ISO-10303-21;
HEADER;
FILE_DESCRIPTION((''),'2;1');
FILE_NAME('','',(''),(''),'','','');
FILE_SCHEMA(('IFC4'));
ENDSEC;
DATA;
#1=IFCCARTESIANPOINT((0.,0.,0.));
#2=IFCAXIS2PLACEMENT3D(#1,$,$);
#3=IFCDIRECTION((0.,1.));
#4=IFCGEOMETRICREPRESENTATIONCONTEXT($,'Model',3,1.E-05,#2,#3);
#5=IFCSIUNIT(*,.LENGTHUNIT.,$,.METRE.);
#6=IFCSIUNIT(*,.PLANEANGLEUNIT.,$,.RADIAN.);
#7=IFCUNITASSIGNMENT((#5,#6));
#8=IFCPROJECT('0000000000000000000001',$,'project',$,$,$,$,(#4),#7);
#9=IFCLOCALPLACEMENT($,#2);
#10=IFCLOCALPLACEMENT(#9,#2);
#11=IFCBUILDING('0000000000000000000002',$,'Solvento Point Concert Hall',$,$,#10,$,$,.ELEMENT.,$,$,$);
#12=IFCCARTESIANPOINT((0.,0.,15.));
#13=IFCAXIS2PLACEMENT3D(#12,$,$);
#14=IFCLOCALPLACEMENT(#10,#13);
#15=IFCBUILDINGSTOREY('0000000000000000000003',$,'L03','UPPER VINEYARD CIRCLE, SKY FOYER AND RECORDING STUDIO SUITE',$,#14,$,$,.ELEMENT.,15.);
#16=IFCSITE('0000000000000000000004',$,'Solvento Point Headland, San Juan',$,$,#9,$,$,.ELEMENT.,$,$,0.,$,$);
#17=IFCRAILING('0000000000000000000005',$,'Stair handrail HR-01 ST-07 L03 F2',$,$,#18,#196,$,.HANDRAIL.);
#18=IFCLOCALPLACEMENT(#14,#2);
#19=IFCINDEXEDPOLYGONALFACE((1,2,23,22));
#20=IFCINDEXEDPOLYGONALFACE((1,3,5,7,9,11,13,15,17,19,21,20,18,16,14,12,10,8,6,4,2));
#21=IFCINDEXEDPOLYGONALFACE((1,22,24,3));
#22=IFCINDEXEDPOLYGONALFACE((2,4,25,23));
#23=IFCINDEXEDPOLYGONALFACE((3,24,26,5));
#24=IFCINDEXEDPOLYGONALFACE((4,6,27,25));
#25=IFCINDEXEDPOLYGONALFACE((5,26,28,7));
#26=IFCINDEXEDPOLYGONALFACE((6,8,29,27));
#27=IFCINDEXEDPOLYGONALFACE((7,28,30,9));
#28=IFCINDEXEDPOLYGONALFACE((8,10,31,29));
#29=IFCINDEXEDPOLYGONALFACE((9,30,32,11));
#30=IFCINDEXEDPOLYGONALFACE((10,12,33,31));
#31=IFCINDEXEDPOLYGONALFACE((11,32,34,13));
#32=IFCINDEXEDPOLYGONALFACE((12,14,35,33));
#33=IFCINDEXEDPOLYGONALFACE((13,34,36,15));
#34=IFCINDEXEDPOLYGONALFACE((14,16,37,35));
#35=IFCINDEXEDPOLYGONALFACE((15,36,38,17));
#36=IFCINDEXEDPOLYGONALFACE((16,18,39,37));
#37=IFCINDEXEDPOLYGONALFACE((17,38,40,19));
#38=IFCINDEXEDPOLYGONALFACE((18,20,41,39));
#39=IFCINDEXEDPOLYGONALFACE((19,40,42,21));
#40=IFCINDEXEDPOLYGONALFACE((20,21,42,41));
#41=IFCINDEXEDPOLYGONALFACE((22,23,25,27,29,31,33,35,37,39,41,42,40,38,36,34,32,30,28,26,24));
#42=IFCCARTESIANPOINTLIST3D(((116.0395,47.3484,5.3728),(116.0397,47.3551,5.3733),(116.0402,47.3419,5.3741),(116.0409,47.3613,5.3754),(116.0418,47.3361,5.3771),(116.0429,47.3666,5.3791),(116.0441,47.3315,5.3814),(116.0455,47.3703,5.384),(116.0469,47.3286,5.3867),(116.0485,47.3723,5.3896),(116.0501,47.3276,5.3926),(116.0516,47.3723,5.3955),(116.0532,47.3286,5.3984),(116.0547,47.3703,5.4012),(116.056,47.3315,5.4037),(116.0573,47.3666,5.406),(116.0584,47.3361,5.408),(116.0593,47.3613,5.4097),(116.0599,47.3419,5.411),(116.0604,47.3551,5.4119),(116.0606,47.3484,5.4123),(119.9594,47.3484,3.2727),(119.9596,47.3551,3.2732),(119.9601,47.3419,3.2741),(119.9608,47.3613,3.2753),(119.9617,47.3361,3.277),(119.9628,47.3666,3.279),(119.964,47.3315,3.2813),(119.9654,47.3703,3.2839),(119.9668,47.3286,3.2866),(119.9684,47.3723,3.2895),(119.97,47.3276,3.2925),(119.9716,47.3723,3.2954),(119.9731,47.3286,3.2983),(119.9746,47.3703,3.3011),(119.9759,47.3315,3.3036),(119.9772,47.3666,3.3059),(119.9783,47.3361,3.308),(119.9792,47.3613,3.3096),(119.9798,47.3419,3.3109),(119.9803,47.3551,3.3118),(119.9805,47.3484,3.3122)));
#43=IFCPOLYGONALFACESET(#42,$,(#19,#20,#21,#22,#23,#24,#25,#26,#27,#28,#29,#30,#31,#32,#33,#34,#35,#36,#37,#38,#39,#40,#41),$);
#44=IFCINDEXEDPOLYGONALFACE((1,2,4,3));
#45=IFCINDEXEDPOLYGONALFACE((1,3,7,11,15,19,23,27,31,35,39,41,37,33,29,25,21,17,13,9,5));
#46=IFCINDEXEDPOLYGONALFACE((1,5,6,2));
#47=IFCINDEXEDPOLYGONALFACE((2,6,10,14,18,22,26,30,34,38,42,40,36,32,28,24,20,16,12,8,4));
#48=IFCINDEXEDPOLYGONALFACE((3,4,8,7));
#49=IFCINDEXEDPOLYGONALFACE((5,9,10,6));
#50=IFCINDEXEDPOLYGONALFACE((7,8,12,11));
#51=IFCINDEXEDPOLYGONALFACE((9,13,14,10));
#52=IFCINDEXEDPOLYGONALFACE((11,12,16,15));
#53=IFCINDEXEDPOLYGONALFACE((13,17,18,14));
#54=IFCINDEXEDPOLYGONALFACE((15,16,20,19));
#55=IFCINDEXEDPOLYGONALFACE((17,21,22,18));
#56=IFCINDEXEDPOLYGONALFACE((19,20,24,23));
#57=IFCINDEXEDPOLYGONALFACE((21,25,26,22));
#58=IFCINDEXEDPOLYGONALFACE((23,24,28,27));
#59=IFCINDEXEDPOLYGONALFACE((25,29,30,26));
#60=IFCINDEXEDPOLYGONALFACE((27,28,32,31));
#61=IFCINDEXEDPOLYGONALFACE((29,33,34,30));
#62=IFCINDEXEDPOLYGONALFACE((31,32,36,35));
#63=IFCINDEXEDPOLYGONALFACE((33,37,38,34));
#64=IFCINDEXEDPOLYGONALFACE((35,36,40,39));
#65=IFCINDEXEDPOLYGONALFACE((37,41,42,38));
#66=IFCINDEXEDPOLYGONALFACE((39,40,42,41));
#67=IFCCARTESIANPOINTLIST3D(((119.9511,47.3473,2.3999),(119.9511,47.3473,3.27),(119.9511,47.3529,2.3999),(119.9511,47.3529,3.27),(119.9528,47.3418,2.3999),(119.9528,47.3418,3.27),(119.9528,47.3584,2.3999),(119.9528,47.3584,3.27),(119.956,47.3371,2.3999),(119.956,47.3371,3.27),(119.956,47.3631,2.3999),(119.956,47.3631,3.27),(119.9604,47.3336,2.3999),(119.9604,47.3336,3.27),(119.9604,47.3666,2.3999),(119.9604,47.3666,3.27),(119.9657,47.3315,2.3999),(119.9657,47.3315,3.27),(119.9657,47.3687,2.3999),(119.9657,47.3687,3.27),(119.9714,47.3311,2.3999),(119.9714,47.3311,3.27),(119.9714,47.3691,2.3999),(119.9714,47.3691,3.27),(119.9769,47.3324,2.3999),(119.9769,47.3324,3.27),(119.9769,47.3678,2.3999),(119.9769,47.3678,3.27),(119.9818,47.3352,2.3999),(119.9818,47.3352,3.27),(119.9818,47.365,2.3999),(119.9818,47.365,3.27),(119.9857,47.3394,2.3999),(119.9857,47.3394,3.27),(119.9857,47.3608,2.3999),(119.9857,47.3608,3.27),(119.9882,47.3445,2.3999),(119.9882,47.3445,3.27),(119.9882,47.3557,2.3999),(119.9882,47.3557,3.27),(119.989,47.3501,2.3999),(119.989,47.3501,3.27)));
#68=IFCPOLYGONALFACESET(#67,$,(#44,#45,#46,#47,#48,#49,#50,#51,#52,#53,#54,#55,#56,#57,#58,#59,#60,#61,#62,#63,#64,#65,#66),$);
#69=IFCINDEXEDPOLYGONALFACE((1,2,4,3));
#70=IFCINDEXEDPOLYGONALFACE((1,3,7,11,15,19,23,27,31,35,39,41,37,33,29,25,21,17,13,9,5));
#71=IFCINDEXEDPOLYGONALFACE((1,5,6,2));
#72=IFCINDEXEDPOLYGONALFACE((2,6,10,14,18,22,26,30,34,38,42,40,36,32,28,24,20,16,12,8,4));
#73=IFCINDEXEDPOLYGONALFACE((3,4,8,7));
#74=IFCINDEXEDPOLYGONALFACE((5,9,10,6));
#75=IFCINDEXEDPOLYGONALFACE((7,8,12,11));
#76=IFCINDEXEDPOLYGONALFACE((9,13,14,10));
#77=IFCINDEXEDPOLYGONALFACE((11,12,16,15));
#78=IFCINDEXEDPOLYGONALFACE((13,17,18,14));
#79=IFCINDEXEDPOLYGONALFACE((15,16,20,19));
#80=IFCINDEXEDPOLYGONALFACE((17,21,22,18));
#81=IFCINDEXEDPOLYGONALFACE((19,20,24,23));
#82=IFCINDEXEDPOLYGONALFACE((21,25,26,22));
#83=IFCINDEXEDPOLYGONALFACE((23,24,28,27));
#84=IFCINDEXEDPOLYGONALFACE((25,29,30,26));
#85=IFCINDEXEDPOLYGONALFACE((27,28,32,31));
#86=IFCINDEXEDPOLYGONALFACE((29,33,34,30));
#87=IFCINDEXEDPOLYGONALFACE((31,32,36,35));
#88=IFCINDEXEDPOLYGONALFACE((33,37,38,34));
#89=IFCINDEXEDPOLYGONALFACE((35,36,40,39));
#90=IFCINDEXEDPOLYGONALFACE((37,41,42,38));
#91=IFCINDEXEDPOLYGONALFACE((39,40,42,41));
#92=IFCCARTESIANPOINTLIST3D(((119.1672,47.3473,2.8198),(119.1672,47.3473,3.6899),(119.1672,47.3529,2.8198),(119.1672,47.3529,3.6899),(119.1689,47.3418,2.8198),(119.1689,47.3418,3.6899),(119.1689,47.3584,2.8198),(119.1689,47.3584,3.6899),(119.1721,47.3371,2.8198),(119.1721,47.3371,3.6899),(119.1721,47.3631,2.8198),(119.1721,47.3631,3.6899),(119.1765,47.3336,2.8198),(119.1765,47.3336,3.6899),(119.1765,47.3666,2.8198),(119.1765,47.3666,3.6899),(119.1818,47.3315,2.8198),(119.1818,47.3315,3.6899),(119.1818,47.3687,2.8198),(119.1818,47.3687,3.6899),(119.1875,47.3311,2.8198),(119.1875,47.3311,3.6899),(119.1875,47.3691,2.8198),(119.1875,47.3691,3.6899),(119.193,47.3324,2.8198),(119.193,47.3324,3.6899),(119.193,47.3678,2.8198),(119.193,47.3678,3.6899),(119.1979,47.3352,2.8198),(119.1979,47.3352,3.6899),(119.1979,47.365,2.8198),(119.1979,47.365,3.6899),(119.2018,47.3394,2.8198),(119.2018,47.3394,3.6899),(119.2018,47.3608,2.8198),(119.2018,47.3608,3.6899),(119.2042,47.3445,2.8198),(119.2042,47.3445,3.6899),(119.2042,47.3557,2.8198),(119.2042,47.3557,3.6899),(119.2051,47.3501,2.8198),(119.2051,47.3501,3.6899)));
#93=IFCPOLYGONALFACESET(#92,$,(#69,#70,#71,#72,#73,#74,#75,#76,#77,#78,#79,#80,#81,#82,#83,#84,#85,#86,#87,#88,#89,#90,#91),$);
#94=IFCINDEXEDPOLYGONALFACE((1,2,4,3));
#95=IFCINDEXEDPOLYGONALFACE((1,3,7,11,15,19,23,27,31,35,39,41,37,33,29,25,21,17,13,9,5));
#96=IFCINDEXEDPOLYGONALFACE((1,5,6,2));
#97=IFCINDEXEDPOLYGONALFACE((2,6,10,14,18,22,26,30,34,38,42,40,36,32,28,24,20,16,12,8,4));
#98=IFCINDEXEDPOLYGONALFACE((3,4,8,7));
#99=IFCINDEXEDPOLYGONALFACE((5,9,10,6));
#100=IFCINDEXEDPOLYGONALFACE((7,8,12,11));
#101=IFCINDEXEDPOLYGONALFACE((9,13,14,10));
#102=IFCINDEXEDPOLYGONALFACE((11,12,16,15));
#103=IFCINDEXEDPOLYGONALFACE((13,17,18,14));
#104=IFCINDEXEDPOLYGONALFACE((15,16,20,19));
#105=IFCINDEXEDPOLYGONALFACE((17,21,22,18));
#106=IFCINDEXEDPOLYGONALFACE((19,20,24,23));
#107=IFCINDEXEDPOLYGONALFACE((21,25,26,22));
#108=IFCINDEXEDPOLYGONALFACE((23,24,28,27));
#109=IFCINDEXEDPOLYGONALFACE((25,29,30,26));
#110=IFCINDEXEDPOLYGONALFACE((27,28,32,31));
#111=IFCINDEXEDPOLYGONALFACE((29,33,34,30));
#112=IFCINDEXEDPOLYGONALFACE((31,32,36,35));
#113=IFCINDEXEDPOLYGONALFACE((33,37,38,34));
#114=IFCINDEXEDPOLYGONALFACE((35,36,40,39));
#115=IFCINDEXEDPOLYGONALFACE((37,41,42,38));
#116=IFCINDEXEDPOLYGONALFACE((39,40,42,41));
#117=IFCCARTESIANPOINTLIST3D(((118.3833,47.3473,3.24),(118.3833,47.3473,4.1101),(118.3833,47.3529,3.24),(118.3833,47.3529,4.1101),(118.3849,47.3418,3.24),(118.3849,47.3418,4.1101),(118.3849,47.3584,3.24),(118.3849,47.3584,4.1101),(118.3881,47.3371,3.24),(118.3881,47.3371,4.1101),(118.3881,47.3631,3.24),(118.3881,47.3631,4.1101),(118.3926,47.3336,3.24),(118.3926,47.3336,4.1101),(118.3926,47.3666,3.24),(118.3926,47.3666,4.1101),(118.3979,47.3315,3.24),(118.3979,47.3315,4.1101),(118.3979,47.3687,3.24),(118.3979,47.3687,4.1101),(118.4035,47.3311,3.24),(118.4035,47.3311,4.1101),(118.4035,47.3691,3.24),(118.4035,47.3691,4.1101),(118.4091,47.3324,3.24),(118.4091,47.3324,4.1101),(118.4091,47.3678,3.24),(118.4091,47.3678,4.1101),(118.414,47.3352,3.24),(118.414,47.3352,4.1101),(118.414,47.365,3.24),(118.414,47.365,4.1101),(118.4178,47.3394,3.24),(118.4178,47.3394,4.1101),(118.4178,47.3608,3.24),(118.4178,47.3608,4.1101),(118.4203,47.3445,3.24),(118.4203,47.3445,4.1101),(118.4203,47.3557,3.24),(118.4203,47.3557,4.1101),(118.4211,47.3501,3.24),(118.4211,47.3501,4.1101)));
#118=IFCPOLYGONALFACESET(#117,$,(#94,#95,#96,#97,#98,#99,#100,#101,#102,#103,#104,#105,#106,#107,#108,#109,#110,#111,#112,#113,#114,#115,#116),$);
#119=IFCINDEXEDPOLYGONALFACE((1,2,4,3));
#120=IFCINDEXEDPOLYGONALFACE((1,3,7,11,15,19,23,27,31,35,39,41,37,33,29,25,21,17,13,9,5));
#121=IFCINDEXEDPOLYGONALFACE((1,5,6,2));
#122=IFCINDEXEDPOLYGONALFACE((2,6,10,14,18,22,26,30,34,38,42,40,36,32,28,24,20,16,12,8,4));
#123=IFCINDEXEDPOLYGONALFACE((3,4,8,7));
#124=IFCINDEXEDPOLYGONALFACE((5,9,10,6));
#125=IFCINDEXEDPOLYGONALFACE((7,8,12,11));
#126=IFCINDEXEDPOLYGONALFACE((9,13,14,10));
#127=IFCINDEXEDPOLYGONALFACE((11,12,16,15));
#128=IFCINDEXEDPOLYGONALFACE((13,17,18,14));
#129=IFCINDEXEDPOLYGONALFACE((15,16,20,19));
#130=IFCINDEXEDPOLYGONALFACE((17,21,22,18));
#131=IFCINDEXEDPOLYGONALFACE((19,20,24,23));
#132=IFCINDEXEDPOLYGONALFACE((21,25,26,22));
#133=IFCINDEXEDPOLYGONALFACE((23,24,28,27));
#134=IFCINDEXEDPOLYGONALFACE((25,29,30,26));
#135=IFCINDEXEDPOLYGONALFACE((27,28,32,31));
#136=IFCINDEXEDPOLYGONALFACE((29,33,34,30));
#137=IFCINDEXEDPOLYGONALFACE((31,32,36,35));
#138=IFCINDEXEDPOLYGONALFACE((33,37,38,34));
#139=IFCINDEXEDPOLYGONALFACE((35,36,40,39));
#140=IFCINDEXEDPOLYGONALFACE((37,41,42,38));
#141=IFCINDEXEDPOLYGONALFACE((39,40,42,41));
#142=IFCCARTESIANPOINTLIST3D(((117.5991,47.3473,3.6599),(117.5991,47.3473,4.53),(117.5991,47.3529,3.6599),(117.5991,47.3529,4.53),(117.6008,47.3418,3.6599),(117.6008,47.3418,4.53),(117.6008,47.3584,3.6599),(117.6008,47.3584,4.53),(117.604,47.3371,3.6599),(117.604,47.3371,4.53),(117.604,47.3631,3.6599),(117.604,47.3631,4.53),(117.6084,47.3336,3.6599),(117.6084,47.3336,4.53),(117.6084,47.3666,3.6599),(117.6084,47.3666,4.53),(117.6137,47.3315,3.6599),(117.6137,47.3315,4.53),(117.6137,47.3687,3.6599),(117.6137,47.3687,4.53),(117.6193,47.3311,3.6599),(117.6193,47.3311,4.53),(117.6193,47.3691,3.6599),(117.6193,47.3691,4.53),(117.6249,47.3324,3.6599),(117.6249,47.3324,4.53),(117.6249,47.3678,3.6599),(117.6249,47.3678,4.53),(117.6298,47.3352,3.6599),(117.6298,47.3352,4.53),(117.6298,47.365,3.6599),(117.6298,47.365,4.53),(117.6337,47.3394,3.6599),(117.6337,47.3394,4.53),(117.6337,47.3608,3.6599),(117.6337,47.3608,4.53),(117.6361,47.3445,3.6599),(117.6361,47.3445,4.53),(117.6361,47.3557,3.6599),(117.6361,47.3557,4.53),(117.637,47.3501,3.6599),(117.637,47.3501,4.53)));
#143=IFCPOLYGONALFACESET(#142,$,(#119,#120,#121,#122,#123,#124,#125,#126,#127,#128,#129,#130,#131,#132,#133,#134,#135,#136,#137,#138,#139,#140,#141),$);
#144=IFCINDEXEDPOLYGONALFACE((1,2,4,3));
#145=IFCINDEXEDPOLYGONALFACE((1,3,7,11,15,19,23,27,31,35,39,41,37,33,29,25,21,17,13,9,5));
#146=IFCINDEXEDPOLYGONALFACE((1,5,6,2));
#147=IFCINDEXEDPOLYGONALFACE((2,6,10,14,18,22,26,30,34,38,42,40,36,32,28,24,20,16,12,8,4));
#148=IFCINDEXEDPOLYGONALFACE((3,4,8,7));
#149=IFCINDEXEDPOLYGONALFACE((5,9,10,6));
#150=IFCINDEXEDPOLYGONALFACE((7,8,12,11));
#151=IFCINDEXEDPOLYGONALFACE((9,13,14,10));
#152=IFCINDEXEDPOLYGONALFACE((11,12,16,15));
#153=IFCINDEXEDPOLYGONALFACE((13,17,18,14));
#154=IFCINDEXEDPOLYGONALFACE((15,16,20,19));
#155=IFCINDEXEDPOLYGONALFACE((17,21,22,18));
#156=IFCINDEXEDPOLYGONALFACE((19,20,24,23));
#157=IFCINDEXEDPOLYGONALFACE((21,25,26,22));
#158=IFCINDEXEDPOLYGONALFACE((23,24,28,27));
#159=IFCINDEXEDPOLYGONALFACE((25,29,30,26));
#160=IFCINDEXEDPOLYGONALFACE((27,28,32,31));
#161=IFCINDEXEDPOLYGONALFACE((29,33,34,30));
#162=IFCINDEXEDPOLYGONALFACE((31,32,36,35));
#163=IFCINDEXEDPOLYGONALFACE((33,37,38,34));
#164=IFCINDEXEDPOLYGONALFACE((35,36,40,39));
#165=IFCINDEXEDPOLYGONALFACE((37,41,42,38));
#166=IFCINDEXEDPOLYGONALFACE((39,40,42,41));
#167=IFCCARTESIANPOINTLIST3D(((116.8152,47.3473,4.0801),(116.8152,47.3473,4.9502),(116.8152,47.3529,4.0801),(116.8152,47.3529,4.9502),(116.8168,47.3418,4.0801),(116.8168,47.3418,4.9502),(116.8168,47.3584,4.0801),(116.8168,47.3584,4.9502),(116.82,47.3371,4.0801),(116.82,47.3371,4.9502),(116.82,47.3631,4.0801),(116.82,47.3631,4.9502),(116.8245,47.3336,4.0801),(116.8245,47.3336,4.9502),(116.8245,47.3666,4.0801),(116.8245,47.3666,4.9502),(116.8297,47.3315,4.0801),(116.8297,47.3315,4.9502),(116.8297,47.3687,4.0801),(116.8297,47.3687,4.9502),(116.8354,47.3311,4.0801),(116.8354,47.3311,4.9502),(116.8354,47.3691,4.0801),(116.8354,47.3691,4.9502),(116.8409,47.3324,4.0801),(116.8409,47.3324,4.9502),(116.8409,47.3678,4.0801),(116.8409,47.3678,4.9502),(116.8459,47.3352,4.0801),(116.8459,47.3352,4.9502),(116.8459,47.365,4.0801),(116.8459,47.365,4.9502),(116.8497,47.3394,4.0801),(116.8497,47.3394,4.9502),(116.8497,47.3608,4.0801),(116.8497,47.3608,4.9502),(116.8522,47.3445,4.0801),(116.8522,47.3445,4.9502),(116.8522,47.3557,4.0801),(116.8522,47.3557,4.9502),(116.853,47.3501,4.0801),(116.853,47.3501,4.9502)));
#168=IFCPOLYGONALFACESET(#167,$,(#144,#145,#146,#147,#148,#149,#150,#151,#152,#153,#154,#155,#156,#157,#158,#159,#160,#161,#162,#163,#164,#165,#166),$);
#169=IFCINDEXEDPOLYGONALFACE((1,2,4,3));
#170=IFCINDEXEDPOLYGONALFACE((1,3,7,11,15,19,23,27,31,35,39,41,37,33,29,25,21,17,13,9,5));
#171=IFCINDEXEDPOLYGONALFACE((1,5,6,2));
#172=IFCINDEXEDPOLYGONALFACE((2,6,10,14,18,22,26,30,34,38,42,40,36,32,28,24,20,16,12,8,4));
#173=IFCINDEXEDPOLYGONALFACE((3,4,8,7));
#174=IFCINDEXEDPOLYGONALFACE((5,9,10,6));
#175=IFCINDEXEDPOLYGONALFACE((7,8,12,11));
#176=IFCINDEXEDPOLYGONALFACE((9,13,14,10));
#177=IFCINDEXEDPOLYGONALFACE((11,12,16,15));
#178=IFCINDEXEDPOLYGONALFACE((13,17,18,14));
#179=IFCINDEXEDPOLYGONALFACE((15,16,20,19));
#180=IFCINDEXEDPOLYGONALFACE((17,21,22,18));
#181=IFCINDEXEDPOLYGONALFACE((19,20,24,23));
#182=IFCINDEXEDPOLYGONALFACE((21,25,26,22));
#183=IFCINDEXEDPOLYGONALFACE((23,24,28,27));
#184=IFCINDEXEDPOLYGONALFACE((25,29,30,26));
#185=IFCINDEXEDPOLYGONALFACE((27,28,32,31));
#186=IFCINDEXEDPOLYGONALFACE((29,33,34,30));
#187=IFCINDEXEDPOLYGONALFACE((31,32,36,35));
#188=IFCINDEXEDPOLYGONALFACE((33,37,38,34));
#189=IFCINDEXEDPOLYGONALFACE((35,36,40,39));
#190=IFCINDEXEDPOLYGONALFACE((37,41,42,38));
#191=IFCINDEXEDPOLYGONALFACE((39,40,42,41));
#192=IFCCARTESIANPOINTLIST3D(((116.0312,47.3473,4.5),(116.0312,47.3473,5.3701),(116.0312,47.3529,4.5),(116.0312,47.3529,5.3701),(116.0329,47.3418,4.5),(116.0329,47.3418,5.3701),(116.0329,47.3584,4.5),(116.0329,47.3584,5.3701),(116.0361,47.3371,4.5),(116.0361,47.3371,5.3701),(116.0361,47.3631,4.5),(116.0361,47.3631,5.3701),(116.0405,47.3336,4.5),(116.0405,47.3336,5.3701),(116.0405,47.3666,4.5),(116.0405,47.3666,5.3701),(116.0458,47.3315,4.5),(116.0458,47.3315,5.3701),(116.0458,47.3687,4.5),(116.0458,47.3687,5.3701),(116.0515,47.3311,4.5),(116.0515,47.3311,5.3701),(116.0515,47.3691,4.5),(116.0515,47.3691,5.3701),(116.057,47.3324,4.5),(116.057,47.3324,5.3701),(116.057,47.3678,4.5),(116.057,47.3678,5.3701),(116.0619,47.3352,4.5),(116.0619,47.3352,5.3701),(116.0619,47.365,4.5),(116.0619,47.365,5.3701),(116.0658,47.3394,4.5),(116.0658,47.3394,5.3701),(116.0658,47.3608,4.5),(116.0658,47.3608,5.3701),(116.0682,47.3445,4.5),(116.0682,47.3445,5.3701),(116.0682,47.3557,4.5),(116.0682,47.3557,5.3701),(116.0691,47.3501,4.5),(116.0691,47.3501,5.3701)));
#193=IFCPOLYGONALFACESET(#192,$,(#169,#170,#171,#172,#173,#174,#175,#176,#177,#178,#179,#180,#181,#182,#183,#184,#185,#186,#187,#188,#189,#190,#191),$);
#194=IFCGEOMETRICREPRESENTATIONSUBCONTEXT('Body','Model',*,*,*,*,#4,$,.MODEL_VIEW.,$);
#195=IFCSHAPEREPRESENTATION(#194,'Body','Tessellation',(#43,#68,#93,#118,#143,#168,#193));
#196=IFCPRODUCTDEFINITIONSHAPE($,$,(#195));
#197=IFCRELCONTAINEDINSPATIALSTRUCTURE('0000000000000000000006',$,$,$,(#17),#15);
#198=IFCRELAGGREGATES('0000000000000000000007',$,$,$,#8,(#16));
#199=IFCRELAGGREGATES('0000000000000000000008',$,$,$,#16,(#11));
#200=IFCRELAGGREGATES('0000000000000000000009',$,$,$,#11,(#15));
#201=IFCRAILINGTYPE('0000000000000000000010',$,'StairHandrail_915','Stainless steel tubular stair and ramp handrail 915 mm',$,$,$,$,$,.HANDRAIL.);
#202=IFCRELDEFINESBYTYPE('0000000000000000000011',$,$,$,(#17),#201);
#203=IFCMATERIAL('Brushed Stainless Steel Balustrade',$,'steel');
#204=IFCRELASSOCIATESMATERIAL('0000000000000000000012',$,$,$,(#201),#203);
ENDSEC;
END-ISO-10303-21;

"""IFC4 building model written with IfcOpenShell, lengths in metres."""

from ifc_helpers import new_model, si_unit, direction, frame, origin, origin_2d, place, context, subcontext, project, spatial, circle, extrude, material, type_object, element, save


model = new_model("IFC4")

# Units and contexts
model_context = context("Model", 3, precision=1e-05, world=origin(), true_north=direction((0.0, 1.0)))
body_context = subcontext(model_context, "Body", "Model", "MODEL_VIEW")
ifc_project = project(units=[si_unit("LENGTHUNIT", "METRE"), si_unit("PLANEANGLEUNIT", "RADIAN")], contexts=[model_context])

# Site, building, storey
site_placement = place(None, origin())
site = spatial("IfcSite", under=ifc_project, at=site_placement, Name="Solvento Point Headland, San Juan", CompositionType="ELEMENT", RefElevation=0.0)
building_placement = place(site_placement, origin())
building = spatial("IfcBuilding", under=site, at=building_placement, Name="Solvento Point Concert Hall", CompositionType="ELEMENT")
storey_placement = place(building_placement, frame((0.0, 0.0, 15.0)))
storey = spatial("IfcBuildingStorey", under=building, at=storey_placement, Name="L03", Description="UPPER VINEYARD CIRCLE, SKY FOYER AND RECORDING STUDIO SUITE", CompositionType="ELEMENT", Elevation=15.0)

# Railing
ifc_material_1 = material(Name="Brushed Stainless Steel Balustrade", Category="steel")
railing_type_1 = type_object("IfcRailingType", Name="StairHandrail_915", Description="Stainless steel tubular stair and ramp handrail 915 mm", PredefinedType="HANDRAIL", material=ifc_material_1)
railing_1_placement = place(storey_placement, frame((119.97, 47.3501, 2.3999)))
element("IfcRailing", 1, at=railing_1_placement, inside=storey, type_object=railing_type_1, Name="Stair handrail HR-01 ST-07 L03 F2", PredefinedType="HANDRAIL", context=body_context, shape_type="SweptSolid", body=[
    extrude(circle(Radius=0.0225, at=origin_2d()), frame((0.0, 0.0, 0.8926), z_axis=(-0.881467, 0.0, 0.472246), x_axis=(0.0, -1.0, 0.0)), (0.0, 0.0, 1.0), 4.447),
    extrude(circle(Radius=0.019, at=origin_2d()), origin(), (0.0, 0.0, 1.0), 0.8701),
    extrude(circle(Radius=0.019, at=origin_2d()), frame((-0.7839, 0.0, 0.4199)), (0.0, 0.0, 1.0), 0.8701),
    extrude(circle(Radius=0.019, at=origin_2d()), frame((-1.5679, 0.0, 0.8401)), (0.0, 0.0, 1.0), 0.8701),
    extrude(circle(Radius=0.019, at=origin_2d()), frame((-2.3521, 0.0, 1.26)), (0.0, 0.0, 1.0), 0.8701),
    extrude(circle(Radius=0.019, at=origin_2d()), frame((-3.136, 0.0, 1.6802)), (0.0, 0.0, 1.0), 0.8701),
    extrude(circle(Radius=0.019, at=origin_2d()), frame((-3.9199, 0.0, 2.1001)), (0.0, 0.0, 1.0), 0.8701),
])

save(model, "model.ifc")
